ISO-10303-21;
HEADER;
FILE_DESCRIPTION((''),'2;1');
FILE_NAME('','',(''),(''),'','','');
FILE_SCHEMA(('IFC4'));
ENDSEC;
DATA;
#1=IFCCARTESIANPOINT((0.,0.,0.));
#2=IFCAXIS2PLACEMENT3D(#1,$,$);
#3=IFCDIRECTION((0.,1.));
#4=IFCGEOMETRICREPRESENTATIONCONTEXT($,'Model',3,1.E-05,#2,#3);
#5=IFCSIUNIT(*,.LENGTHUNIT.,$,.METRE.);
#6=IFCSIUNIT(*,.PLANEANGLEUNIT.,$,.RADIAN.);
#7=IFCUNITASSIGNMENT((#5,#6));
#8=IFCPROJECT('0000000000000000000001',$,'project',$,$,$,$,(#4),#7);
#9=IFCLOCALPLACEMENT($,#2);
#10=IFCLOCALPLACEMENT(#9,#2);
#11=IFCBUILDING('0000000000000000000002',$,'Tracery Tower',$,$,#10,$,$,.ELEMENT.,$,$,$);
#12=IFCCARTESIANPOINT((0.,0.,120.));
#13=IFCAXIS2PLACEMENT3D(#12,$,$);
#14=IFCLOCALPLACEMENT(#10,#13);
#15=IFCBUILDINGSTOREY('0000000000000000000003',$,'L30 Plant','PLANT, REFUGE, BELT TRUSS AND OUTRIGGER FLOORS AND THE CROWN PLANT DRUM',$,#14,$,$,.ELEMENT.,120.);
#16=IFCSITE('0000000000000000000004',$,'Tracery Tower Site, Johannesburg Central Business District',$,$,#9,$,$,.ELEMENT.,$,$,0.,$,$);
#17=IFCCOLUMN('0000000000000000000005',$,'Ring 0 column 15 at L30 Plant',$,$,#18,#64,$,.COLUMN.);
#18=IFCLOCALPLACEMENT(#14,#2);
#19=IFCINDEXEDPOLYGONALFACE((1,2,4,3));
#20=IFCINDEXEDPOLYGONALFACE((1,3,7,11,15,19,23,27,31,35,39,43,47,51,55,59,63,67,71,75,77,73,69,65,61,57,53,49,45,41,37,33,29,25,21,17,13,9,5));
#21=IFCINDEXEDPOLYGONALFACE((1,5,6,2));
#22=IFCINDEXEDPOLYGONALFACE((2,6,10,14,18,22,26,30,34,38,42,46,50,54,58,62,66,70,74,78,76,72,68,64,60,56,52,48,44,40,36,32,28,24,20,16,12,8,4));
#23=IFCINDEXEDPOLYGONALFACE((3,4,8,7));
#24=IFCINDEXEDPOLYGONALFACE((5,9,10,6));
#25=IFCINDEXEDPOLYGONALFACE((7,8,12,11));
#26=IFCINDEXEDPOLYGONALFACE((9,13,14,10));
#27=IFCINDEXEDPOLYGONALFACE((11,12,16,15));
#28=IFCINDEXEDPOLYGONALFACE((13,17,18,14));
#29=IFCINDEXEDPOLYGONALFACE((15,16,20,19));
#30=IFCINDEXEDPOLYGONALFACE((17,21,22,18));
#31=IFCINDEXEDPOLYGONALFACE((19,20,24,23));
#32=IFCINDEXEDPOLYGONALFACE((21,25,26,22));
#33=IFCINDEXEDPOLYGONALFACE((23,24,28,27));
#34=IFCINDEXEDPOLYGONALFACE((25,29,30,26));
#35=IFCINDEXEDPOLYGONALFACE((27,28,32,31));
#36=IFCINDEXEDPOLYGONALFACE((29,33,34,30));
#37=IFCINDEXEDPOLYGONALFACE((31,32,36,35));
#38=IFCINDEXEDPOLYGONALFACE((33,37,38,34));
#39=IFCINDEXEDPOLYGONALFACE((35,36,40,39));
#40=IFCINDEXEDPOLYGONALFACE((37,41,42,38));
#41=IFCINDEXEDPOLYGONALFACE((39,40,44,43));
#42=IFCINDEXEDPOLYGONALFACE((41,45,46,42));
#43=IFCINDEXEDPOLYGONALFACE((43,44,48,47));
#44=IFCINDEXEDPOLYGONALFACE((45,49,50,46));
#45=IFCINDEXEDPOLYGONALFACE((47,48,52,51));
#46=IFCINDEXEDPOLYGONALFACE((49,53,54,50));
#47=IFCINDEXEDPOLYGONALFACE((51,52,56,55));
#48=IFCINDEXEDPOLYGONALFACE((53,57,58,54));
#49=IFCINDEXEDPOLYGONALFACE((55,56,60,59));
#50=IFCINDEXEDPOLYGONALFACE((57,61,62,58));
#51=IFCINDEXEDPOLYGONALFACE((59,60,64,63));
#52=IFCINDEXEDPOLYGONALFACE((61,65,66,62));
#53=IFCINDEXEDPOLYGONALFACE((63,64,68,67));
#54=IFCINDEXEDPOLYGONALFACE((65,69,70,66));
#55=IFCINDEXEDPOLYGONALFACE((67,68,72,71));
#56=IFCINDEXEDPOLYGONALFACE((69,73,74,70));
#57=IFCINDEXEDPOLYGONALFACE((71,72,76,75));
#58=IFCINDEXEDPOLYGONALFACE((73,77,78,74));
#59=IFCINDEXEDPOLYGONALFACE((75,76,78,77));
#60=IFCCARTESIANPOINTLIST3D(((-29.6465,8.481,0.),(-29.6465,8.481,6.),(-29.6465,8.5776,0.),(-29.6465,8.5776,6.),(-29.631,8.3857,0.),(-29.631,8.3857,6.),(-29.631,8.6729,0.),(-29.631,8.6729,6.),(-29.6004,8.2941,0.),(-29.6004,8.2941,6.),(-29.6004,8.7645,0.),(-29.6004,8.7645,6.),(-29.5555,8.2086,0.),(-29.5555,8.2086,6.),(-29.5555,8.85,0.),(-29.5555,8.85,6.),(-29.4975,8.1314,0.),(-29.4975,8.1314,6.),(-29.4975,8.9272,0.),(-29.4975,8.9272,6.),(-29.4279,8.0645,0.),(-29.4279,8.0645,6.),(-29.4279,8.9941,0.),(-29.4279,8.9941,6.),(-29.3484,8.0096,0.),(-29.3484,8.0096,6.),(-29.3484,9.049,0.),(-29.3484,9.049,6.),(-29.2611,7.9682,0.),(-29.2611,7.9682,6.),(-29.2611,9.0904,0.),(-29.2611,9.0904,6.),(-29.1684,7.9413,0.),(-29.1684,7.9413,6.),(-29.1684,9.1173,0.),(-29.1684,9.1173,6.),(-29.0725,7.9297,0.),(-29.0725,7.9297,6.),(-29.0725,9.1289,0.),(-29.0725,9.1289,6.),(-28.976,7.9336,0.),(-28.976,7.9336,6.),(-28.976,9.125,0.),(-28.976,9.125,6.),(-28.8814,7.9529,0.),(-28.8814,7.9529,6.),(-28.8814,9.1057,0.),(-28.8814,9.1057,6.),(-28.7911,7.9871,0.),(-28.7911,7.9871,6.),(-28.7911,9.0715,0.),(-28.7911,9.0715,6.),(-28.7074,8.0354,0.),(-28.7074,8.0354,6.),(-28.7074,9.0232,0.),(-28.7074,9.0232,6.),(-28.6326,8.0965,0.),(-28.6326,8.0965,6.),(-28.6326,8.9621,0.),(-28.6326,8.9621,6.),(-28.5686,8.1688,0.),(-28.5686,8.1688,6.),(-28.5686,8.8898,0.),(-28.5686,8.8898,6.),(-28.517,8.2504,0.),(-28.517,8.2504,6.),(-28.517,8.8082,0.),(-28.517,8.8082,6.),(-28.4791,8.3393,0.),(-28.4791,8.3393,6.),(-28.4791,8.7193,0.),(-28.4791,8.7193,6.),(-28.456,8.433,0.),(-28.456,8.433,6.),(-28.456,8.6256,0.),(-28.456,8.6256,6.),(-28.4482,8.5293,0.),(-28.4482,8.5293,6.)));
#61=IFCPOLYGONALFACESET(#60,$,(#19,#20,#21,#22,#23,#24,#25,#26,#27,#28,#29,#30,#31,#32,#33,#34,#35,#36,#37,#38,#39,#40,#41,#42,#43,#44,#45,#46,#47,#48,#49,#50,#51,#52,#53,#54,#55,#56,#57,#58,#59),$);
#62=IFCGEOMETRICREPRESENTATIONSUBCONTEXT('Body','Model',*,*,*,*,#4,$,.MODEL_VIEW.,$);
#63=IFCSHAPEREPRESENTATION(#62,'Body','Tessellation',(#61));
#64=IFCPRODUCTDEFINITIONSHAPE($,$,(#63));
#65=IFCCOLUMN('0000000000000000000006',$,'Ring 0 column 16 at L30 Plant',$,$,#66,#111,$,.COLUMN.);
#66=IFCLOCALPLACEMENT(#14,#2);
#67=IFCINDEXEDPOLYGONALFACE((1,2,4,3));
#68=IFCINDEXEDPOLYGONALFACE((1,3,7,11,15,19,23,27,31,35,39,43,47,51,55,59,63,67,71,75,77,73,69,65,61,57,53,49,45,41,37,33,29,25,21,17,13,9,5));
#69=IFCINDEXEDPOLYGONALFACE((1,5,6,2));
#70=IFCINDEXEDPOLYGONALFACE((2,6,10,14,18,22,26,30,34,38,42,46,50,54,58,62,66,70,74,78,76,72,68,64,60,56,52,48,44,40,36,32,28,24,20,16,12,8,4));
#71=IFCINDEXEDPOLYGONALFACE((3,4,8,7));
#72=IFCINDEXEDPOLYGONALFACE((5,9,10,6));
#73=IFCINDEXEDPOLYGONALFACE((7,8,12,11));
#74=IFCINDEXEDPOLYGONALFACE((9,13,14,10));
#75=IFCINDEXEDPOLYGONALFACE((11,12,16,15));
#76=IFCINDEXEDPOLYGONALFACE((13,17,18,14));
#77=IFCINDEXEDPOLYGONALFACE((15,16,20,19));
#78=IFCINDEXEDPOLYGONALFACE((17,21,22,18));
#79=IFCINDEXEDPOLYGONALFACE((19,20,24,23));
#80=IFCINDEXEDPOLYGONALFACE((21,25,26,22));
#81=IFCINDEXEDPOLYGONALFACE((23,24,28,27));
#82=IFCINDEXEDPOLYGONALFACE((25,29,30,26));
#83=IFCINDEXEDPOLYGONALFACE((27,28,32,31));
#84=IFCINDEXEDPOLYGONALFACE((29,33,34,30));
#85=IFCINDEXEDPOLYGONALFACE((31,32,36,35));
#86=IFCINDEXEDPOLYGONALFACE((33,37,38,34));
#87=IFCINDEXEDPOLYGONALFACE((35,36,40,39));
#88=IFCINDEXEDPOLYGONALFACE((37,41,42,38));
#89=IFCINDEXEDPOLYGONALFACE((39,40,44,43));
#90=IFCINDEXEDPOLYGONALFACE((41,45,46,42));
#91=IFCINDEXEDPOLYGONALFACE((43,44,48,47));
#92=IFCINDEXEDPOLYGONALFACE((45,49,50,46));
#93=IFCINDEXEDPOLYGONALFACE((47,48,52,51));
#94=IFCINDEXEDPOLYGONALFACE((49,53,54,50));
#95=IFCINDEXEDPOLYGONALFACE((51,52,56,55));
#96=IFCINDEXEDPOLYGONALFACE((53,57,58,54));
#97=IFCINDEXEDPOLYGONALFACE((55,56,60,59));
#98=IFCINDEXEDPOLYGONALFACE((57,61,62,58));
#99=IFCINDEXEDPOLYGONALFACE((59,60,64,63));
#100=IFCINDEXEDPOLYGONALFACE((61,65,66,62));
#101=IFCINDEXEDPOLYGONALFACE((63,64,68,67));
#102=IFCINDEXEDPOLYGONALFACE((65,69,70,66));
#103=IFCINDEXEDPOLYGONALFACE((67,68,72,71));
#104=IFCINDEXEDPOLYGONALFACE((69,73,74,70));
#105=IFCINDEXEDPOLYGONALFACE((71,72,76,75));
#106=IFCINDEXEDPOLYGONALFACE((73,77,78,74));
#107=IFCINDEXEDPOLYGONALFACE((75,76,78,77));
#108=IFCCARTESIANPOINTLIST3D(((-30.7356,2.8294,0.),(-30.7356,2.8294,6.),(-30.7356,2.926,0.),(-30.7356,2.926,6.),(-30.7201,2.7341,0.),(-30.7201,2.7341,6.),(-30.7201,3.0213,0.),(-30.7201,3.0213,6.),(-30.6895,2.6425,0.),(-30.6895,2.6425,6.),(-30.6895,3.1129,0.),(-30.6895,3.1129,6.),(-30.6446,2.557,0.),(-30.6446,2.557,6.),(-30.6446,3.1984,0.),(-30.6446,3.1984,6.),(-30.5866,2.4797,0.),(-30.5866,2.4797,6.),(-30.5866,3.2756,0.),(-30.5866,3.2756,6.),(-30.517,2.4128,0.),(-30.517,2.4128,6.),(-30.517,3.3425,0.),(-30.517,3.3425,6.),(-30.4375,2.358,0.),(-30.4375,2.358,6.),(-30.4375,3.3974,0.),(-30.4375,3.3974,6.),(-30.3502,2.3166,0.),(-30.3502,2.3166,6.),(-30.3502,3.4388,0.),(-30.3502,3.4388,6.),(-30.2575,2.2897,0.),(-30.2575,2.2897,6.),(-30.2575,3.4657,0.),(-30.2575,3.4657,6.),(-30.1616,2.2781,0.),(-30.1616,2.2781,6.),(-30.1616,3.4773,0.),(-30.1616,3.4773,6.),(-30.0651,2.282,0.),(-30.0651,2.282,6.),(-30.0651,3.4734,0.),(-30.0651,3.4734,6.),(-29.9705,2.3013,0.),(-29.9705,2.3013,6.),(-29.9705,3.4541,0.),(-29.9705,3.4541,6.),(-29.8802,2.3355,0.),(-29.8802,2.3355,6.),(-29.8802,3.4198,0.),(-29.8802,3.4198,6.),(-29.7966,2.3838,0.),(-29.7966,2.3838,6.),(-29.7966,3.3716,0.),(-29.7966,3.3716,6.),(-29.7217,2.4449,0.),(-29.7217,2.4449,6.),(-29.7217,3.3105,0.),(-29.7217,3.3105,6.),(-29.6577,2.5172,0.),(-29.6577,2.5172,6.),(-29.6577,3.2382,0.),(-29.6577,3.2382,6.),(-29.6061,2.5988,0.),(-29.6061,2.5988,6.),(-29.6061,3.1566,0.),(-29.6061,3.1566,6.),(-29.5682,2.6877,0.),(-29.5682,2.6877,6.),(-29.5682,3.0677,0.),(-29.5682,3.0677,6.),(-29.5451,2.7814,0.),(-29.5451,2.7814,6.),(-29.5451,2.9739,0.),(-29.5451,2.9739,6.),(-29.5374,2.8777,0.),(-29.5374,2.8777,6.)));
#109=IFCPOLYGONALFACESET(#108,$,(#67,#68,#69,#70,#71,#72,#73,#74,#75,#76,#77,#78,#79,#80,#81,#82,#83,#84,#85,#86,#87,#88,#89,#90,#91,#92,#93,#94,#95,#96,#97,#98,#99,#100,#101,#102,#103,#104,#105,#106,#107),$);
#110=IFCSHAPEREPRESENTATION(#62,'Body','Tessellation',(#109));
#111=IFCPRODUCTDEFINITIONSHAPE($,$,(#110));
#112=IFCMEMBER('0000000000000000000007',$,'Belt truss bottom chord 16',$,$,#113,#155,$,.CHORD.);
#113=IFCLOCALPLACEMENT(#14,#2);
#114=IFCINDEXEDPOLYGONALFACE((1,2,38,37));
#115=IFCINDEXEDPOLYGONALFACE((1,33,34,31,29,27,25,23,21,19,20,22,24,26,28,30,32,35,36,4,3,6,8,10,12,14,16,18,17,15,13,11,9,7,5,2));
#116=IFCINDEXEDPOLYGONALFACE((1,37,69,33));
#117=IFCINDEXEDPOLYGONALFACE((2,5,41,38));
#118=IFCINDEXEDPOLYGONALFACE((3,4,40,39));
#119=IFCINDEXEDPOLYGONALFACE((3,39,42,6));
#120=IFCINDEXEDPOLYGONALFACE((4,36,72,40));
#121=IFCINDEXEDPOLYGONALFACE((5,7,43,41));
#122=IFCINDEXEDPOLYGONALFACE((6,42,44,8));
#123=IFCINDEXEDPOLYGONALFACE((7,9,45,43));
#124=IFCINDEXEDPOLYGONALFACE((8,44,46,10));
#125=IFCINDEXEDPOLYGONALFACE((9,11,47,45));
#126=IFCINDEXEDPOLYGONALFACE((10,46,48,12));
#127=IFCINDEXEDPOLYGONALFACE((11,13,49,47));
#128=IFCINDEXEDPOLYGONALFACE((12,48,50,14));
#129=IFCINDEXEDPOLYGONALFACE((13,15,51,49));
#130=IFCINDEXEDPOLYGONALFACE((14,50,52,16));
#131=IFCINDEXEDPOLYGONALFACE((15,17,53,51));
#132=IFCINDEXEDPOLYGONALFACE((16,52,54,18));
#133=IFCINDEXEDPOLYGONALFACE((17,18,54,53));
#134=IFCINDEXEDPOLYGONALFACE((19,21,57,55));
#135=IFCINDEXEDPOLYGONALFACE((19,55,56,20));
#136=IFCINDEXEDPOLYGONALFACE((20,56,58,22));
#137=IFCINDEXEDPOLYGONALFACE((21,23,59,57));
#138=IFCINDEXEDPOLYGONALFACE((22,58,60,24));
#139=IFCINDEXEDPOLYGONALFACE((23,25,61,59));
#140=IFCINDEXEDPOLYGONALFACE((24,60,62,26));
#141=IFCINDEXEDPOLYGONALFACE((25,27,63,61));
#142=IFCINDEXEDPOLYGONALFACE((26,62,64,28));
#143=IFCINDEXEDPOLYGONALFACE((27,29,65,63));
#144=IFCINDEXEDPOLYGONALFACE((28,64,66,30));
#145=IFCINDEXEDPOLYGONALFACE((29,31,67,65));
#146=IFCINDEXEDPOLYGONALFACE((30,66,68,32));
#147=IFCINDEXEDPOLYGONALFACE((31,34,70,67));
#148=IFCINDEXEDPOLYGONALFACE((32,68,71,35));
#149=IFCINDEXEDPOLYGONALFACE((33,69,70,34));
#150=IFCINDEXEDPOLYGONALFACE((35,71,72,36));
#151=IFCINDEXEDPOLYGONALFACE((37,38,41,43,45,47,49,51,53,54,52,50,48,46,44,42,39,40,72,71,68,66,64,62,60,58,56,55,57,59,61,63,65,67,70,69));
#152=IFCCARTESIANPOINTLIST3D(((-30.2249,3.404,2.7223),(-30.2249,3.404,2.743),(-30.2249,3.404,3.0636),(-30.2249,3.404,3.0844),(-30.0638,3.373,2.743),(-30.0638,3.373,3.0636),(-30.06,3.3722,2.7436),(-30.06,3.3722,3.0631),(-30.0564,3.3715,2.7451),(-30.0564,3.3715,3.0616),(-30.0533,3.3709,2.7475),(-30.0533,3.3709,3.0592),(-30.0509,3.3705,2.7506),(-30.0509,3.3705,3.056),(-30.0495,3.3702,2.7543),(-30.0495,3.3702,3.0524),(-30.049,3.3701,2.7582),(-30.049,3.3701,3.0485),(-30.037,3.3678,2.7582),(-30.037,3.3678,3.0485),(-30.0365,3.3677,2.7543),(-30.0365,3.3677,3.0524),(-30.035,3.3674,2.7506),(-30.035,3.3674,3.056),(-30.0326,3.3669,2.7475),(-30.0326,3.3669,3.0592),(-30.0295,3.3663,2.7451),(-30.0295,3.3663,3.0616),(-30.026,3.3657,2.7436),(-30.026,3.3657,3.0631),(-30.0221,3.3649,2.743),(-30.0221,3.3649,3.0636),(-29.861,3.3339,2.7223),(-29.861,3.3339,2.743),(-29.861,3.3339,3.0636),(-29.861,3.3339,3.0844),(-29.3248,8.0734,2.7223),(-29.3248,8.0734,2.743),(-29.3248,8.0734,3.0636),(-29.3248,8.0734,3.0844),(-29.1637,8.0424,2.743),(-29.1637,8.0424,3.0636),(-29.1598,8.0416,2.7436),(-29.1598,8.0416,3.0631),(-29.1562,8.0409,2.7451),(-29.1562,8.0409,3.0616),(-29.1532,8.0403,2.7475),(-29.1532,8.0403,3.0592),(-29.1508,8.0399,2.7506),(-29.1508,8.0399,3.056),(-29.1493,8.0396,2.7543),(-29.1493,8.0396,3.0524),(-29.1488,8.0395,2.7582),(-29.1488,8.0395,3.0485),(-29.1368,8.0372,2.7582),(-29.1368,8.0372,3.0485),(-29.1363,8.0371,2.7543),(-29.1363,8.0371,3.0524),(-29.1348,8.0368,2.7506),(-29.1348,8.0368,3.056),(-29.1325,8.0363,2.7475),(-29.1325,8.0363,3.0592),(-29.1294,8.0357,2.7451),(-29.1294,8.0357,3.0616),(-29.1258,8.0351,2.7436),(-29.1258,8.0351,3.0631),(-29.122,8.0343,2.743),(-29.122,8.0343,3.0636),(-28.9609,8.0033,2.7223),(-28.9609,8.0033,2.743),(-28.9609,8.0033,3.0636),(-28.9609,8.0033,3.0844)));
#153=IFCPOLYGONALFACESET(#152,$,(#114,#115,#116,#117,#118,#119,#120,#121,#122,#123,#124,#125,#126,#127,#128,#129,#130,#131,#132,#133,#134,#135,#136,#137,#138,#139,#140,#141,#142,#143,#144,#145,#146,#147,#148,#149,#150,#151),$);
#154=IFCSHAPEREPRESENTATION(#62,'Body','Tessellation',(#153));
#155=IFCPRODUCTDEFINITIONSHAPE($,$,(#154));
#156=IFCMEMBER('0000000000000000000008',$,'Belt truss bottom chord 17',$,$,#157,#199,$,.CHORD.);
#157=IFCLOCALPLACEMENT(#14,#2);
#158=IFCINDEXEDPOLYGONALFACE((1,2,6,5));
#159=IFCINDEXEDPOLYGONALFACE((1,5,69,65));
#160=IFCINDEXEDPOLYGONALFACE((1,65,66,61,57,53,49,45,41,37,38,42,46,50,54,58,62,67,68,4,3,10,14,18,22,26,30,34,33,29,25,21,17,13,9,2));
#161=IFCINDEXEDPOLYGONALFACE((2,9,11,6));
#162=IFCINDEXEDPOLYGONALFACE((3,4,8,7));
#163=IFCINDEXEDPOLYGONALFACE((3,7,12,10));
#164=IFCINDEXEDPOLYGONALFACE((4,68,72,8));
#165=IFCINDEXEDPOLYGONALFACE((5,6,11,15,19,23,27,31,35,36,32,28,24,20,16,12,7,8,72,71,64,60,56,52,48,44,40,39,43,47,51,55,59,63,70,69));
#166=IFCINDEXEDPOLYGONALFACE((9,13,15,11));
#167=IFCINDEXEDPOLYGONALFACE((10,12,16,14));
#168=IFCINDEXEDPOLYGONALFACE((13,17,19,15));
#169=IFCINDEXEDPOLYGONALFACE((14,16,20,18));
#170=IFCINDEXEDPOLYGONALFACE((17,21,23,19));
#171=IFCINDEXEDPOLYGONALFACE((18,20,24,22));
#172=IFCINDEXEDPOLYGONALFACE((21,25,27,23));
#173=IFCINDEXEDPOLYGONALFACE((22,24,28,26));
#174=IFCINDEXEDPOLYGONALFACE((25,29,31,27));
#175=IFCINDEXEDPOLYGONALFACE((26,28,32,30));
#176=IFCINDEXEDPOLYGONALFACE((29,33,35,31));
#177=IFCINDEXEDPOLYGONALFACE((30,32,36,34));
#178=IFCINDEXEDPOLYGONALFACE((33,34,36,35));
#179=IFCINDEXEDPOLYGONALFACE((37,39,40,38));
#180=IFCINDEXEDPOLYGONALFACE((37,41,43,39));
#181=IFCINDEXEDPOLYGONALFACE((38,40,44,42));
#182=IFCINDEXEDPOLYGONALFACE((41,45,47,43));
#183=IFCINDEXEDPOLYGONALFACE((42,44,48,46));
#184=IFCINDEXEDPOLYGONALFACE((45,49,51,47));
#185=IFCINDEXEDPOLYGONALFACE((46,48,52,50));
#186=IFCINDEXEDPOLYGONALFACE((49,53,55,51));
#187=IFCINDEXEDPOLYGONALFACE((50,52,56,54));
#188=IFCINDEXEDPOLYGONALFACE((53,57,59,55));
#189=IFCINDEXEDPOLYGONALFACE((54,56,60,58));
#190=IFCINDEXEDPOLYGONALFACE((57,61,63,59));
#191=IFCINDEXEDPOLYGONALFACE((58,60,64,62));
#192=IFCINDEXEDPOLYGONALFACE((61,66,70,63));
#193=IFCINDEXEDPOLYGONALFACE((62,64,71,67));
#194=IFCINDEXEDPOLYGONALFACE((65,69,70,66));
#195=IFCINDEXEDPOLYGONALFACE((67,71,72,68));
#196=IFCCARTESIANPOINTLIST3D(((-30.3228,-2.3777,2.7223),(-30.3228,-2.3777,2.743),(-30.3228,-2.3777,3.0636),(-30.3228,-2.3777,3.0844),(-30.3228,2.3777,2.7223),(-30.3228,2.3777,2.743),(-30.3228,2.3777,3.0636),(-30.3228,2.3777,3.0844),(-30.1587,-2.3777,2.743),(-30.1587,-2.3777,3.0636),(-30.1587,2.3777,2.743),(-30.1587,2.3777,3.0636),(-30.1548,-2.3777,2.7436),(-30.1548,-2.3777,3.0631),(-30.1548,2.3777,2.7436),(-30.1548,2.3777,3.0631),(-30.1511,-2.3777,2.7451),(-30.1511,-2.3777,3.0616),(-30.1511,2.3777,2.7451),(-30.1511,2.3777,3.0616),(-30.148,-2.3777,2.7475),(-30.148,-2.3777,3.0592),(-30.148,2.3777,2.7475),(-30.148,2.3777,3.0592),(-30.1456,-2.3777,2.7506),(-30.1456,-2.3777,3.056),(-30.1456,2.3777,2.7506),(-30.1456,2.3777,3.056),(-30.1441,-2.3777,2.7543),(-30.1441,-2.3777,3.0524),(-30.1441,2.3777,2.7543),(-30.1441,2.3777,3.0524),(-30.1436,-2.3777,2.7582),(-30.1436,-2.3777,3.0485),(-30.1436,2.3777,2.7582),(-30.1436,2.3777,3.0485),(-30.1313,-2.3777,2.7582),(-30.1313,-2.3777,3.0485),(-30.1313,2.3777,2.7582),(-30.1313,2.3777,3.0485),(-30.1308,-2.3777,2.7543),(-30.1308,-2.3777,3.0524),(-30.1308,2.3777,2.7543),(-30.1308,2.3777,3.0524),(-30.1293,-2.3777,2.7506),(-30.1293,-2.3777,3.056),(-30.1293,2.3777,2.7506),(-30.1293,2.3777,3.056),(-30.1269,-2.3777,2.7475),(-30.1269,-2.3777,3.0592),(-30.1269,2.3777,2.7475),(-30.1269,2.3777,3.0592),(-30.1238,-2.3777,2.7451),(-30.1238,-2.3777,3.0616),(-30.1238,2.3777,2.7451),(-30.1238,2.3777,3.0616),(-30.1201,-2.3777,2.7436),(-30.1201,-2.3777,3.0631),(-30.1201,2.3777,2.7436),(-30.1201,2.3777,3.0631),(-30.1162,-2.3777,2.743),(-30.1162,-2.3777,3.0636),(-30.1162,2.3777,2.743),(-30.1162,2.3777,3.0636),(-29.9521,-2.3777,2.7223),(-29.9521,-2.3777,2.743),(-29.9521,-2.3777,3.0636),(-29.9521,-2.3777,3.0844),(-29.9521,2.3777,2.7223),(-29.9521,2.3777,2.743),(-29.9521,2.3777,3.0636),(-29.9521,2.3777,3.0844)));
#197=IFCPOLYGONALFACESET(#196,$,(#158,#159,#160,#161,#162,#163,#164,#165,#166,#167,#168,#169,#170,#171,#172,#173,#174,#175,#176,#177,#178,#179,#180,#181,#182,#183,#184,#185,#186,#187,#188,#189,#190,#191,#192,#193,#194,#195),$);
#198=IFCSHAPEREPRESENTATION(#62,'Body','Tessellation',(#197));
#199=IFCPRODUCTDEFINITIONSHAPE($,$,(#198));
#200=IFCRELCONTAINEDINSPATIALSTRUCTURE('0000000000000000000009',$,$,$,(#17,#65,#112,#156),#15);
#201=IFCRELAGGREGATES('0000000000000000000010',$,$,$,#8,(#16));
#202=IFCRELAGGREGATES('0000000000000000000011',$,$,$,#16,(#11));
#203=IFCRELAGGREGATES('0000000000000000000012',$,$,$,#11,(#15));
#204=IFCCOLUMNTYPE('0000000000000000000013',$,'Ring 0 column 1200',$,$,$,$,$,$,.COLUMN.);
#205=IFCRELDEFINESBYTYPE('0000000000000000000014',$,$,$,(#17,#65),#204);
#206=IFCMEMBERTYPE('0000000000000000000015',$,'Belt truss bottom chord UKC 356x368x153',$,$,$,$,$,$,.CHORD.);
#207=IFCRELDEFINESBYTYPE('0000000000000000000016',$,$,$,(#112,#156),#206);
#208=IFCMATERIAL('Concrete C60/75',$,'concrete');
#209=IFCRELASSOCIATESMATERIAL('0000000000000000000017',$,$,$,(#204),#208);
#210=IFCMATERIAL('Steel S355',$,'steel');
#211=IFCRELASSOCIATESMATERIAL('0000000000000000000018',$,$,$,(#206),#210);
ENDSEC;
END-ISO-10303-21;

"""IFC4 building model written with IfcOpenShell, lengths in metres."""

from ifc_helpers import new_model, si_unit, direction, frame, origin, origin_2d, place, context, subcontext, project, spatial, circle, i_section, extrude, material, material_profile, profile_set, type_object, element, save


model = new_model("IFC4")

# Units and contexts
model_context = context("Model", 3, precision=1e-05, world=origin(), true_north=direction((0.0, 1.0)))
body_context = subcontext(model_context, "Body", "Model", "MODEL_VIEW")
ifc_project = project(units=[si_unit("LENGTHUNIT", "METRE"), si_unit("PLANEANGLEUNIT", "RADIAN")], contexts=[model_context])

# Site, building, storey
site_placement = place(None, origin())
site = spatial("IfcSite", under=ifc_project, at=site_placement, Name="Tracery Tower Site, Johannesburg Central Business District", CompositionType="ELEMENT", RefElevation=0.0)
building_placement = place(site_placement, origin())
building = spatial("IfcBuilding", under=site, at=building_placement, Name="Tracery Tower", CompositionType="ELEMENT")
storey_placement = place(building_placement, frame((0.0, 0.0, 120.0)))
storey = spatial("IfcBuildingStorey", under=building, at=storey_placement, Name="L30 Plant", Description="PLANT, REFUGE, BELT TRUSS AND OUTRIGGER FLOORS AND THE CROWN PLANT DRUM", CompositionType="ELEMENT", Elevation=120.0)

# Columns
ifc_material_1 = material(Name="Concrete C60/75", Category="concrete")
ifc_material_profile_1 = material_profile(ifc_material_1, circle(Radius=0.6001, at=origin_2d()), Name="RC D1200")
ifc_profile_set_1 = profile_set([ifc_material_profile_1], Name="Concrete C60/75")
column_type = type_object("IfcColumnType", Name="Ring 0 column 1200", PredefinedType="COLUMN", material=ifc_profile_set_1)
for number, where, z_axis, x_axis, name in (
    (1, (-29.0483, 8.5293, 0.0), (0.0, 0.0, 1.0), (1.0, 0.0, 0.0), "Ring 0 column 15 at L30 Plant"),
    (2, (-30.1375, 2.8777, 0.0), (0.0, 0.0, 1.0), (1.0, 0.0, 0.0), "Ring 0 column 16 at L30 Plant"),
):
    element("IfcColumn", number, at=place(storey_placement, frame(where, z_axis=z_axis, x_axis=x_axis)), inside=storey, type_object=column_type, Name=name, PredefinedType="COLUMN", context=body_context, shape_type="SweptSolid", body=[
        extrude(circle(Radius=0.6001, at=origin_2d()), origin(), (0.0, 0.0, 1.0), 6.0),
    ])

# Members
ifc_material_2 = material(Name="Steel S355", Category="steel")
ifc_material_profile_2 = material_profile(ifc_material_2, i_section(OverallWidth=0.3706, OverallDepth=0.3621, WebThickness=0.0122, FlangeThickness=0.0208, FilletRadius=0.0151, at=origin_2d()), Name="UKC 356x368x153")
ifc_profile_set_2 = profile_set([ifc_material_profile_2], Name="Steel S355")
member_type_1 = type_object("IfcMemberType", Name="Belt truss bottom chord UKC 356x368x153", PredefinedType="CHORD", material=ifc_profile_set_2)
for number, where, z_axis, x_axis, name in (
    (3, (-29.1428, 8.0383, 2.9033), (-0.189289, -0.981921, 0.0), (0.981921, -0.189289, 0.0), "Belt truss bottom chord 16"),
    (4, (-30.1375, 2.3777, 2.9033), (0.0, -1.0, 0.0), (1.0, 0.0, 0.0), "Belt truss bottom chord 17"),
):
    element("IfcMember", number, at=place(storey_placement, frame(where, z_axis=z_axis, x_axis=x_axis)), inside=storey, type_object=member_type_1, Name=name, PredefinedType="CHORD", context=body_context, shape_type="SweptSolid", body=[
        extrude(i_section(OverallWidth=0.3706, OverallDepth=0.3621, WebThickness=0.0122, FlangeThickness=0.0208, FilletRadius=0.0151, at=origin_2d()), origin(), (0.0, 0.0, 1.0), 4.7554),
    ])

save(model, "model.ifc")
